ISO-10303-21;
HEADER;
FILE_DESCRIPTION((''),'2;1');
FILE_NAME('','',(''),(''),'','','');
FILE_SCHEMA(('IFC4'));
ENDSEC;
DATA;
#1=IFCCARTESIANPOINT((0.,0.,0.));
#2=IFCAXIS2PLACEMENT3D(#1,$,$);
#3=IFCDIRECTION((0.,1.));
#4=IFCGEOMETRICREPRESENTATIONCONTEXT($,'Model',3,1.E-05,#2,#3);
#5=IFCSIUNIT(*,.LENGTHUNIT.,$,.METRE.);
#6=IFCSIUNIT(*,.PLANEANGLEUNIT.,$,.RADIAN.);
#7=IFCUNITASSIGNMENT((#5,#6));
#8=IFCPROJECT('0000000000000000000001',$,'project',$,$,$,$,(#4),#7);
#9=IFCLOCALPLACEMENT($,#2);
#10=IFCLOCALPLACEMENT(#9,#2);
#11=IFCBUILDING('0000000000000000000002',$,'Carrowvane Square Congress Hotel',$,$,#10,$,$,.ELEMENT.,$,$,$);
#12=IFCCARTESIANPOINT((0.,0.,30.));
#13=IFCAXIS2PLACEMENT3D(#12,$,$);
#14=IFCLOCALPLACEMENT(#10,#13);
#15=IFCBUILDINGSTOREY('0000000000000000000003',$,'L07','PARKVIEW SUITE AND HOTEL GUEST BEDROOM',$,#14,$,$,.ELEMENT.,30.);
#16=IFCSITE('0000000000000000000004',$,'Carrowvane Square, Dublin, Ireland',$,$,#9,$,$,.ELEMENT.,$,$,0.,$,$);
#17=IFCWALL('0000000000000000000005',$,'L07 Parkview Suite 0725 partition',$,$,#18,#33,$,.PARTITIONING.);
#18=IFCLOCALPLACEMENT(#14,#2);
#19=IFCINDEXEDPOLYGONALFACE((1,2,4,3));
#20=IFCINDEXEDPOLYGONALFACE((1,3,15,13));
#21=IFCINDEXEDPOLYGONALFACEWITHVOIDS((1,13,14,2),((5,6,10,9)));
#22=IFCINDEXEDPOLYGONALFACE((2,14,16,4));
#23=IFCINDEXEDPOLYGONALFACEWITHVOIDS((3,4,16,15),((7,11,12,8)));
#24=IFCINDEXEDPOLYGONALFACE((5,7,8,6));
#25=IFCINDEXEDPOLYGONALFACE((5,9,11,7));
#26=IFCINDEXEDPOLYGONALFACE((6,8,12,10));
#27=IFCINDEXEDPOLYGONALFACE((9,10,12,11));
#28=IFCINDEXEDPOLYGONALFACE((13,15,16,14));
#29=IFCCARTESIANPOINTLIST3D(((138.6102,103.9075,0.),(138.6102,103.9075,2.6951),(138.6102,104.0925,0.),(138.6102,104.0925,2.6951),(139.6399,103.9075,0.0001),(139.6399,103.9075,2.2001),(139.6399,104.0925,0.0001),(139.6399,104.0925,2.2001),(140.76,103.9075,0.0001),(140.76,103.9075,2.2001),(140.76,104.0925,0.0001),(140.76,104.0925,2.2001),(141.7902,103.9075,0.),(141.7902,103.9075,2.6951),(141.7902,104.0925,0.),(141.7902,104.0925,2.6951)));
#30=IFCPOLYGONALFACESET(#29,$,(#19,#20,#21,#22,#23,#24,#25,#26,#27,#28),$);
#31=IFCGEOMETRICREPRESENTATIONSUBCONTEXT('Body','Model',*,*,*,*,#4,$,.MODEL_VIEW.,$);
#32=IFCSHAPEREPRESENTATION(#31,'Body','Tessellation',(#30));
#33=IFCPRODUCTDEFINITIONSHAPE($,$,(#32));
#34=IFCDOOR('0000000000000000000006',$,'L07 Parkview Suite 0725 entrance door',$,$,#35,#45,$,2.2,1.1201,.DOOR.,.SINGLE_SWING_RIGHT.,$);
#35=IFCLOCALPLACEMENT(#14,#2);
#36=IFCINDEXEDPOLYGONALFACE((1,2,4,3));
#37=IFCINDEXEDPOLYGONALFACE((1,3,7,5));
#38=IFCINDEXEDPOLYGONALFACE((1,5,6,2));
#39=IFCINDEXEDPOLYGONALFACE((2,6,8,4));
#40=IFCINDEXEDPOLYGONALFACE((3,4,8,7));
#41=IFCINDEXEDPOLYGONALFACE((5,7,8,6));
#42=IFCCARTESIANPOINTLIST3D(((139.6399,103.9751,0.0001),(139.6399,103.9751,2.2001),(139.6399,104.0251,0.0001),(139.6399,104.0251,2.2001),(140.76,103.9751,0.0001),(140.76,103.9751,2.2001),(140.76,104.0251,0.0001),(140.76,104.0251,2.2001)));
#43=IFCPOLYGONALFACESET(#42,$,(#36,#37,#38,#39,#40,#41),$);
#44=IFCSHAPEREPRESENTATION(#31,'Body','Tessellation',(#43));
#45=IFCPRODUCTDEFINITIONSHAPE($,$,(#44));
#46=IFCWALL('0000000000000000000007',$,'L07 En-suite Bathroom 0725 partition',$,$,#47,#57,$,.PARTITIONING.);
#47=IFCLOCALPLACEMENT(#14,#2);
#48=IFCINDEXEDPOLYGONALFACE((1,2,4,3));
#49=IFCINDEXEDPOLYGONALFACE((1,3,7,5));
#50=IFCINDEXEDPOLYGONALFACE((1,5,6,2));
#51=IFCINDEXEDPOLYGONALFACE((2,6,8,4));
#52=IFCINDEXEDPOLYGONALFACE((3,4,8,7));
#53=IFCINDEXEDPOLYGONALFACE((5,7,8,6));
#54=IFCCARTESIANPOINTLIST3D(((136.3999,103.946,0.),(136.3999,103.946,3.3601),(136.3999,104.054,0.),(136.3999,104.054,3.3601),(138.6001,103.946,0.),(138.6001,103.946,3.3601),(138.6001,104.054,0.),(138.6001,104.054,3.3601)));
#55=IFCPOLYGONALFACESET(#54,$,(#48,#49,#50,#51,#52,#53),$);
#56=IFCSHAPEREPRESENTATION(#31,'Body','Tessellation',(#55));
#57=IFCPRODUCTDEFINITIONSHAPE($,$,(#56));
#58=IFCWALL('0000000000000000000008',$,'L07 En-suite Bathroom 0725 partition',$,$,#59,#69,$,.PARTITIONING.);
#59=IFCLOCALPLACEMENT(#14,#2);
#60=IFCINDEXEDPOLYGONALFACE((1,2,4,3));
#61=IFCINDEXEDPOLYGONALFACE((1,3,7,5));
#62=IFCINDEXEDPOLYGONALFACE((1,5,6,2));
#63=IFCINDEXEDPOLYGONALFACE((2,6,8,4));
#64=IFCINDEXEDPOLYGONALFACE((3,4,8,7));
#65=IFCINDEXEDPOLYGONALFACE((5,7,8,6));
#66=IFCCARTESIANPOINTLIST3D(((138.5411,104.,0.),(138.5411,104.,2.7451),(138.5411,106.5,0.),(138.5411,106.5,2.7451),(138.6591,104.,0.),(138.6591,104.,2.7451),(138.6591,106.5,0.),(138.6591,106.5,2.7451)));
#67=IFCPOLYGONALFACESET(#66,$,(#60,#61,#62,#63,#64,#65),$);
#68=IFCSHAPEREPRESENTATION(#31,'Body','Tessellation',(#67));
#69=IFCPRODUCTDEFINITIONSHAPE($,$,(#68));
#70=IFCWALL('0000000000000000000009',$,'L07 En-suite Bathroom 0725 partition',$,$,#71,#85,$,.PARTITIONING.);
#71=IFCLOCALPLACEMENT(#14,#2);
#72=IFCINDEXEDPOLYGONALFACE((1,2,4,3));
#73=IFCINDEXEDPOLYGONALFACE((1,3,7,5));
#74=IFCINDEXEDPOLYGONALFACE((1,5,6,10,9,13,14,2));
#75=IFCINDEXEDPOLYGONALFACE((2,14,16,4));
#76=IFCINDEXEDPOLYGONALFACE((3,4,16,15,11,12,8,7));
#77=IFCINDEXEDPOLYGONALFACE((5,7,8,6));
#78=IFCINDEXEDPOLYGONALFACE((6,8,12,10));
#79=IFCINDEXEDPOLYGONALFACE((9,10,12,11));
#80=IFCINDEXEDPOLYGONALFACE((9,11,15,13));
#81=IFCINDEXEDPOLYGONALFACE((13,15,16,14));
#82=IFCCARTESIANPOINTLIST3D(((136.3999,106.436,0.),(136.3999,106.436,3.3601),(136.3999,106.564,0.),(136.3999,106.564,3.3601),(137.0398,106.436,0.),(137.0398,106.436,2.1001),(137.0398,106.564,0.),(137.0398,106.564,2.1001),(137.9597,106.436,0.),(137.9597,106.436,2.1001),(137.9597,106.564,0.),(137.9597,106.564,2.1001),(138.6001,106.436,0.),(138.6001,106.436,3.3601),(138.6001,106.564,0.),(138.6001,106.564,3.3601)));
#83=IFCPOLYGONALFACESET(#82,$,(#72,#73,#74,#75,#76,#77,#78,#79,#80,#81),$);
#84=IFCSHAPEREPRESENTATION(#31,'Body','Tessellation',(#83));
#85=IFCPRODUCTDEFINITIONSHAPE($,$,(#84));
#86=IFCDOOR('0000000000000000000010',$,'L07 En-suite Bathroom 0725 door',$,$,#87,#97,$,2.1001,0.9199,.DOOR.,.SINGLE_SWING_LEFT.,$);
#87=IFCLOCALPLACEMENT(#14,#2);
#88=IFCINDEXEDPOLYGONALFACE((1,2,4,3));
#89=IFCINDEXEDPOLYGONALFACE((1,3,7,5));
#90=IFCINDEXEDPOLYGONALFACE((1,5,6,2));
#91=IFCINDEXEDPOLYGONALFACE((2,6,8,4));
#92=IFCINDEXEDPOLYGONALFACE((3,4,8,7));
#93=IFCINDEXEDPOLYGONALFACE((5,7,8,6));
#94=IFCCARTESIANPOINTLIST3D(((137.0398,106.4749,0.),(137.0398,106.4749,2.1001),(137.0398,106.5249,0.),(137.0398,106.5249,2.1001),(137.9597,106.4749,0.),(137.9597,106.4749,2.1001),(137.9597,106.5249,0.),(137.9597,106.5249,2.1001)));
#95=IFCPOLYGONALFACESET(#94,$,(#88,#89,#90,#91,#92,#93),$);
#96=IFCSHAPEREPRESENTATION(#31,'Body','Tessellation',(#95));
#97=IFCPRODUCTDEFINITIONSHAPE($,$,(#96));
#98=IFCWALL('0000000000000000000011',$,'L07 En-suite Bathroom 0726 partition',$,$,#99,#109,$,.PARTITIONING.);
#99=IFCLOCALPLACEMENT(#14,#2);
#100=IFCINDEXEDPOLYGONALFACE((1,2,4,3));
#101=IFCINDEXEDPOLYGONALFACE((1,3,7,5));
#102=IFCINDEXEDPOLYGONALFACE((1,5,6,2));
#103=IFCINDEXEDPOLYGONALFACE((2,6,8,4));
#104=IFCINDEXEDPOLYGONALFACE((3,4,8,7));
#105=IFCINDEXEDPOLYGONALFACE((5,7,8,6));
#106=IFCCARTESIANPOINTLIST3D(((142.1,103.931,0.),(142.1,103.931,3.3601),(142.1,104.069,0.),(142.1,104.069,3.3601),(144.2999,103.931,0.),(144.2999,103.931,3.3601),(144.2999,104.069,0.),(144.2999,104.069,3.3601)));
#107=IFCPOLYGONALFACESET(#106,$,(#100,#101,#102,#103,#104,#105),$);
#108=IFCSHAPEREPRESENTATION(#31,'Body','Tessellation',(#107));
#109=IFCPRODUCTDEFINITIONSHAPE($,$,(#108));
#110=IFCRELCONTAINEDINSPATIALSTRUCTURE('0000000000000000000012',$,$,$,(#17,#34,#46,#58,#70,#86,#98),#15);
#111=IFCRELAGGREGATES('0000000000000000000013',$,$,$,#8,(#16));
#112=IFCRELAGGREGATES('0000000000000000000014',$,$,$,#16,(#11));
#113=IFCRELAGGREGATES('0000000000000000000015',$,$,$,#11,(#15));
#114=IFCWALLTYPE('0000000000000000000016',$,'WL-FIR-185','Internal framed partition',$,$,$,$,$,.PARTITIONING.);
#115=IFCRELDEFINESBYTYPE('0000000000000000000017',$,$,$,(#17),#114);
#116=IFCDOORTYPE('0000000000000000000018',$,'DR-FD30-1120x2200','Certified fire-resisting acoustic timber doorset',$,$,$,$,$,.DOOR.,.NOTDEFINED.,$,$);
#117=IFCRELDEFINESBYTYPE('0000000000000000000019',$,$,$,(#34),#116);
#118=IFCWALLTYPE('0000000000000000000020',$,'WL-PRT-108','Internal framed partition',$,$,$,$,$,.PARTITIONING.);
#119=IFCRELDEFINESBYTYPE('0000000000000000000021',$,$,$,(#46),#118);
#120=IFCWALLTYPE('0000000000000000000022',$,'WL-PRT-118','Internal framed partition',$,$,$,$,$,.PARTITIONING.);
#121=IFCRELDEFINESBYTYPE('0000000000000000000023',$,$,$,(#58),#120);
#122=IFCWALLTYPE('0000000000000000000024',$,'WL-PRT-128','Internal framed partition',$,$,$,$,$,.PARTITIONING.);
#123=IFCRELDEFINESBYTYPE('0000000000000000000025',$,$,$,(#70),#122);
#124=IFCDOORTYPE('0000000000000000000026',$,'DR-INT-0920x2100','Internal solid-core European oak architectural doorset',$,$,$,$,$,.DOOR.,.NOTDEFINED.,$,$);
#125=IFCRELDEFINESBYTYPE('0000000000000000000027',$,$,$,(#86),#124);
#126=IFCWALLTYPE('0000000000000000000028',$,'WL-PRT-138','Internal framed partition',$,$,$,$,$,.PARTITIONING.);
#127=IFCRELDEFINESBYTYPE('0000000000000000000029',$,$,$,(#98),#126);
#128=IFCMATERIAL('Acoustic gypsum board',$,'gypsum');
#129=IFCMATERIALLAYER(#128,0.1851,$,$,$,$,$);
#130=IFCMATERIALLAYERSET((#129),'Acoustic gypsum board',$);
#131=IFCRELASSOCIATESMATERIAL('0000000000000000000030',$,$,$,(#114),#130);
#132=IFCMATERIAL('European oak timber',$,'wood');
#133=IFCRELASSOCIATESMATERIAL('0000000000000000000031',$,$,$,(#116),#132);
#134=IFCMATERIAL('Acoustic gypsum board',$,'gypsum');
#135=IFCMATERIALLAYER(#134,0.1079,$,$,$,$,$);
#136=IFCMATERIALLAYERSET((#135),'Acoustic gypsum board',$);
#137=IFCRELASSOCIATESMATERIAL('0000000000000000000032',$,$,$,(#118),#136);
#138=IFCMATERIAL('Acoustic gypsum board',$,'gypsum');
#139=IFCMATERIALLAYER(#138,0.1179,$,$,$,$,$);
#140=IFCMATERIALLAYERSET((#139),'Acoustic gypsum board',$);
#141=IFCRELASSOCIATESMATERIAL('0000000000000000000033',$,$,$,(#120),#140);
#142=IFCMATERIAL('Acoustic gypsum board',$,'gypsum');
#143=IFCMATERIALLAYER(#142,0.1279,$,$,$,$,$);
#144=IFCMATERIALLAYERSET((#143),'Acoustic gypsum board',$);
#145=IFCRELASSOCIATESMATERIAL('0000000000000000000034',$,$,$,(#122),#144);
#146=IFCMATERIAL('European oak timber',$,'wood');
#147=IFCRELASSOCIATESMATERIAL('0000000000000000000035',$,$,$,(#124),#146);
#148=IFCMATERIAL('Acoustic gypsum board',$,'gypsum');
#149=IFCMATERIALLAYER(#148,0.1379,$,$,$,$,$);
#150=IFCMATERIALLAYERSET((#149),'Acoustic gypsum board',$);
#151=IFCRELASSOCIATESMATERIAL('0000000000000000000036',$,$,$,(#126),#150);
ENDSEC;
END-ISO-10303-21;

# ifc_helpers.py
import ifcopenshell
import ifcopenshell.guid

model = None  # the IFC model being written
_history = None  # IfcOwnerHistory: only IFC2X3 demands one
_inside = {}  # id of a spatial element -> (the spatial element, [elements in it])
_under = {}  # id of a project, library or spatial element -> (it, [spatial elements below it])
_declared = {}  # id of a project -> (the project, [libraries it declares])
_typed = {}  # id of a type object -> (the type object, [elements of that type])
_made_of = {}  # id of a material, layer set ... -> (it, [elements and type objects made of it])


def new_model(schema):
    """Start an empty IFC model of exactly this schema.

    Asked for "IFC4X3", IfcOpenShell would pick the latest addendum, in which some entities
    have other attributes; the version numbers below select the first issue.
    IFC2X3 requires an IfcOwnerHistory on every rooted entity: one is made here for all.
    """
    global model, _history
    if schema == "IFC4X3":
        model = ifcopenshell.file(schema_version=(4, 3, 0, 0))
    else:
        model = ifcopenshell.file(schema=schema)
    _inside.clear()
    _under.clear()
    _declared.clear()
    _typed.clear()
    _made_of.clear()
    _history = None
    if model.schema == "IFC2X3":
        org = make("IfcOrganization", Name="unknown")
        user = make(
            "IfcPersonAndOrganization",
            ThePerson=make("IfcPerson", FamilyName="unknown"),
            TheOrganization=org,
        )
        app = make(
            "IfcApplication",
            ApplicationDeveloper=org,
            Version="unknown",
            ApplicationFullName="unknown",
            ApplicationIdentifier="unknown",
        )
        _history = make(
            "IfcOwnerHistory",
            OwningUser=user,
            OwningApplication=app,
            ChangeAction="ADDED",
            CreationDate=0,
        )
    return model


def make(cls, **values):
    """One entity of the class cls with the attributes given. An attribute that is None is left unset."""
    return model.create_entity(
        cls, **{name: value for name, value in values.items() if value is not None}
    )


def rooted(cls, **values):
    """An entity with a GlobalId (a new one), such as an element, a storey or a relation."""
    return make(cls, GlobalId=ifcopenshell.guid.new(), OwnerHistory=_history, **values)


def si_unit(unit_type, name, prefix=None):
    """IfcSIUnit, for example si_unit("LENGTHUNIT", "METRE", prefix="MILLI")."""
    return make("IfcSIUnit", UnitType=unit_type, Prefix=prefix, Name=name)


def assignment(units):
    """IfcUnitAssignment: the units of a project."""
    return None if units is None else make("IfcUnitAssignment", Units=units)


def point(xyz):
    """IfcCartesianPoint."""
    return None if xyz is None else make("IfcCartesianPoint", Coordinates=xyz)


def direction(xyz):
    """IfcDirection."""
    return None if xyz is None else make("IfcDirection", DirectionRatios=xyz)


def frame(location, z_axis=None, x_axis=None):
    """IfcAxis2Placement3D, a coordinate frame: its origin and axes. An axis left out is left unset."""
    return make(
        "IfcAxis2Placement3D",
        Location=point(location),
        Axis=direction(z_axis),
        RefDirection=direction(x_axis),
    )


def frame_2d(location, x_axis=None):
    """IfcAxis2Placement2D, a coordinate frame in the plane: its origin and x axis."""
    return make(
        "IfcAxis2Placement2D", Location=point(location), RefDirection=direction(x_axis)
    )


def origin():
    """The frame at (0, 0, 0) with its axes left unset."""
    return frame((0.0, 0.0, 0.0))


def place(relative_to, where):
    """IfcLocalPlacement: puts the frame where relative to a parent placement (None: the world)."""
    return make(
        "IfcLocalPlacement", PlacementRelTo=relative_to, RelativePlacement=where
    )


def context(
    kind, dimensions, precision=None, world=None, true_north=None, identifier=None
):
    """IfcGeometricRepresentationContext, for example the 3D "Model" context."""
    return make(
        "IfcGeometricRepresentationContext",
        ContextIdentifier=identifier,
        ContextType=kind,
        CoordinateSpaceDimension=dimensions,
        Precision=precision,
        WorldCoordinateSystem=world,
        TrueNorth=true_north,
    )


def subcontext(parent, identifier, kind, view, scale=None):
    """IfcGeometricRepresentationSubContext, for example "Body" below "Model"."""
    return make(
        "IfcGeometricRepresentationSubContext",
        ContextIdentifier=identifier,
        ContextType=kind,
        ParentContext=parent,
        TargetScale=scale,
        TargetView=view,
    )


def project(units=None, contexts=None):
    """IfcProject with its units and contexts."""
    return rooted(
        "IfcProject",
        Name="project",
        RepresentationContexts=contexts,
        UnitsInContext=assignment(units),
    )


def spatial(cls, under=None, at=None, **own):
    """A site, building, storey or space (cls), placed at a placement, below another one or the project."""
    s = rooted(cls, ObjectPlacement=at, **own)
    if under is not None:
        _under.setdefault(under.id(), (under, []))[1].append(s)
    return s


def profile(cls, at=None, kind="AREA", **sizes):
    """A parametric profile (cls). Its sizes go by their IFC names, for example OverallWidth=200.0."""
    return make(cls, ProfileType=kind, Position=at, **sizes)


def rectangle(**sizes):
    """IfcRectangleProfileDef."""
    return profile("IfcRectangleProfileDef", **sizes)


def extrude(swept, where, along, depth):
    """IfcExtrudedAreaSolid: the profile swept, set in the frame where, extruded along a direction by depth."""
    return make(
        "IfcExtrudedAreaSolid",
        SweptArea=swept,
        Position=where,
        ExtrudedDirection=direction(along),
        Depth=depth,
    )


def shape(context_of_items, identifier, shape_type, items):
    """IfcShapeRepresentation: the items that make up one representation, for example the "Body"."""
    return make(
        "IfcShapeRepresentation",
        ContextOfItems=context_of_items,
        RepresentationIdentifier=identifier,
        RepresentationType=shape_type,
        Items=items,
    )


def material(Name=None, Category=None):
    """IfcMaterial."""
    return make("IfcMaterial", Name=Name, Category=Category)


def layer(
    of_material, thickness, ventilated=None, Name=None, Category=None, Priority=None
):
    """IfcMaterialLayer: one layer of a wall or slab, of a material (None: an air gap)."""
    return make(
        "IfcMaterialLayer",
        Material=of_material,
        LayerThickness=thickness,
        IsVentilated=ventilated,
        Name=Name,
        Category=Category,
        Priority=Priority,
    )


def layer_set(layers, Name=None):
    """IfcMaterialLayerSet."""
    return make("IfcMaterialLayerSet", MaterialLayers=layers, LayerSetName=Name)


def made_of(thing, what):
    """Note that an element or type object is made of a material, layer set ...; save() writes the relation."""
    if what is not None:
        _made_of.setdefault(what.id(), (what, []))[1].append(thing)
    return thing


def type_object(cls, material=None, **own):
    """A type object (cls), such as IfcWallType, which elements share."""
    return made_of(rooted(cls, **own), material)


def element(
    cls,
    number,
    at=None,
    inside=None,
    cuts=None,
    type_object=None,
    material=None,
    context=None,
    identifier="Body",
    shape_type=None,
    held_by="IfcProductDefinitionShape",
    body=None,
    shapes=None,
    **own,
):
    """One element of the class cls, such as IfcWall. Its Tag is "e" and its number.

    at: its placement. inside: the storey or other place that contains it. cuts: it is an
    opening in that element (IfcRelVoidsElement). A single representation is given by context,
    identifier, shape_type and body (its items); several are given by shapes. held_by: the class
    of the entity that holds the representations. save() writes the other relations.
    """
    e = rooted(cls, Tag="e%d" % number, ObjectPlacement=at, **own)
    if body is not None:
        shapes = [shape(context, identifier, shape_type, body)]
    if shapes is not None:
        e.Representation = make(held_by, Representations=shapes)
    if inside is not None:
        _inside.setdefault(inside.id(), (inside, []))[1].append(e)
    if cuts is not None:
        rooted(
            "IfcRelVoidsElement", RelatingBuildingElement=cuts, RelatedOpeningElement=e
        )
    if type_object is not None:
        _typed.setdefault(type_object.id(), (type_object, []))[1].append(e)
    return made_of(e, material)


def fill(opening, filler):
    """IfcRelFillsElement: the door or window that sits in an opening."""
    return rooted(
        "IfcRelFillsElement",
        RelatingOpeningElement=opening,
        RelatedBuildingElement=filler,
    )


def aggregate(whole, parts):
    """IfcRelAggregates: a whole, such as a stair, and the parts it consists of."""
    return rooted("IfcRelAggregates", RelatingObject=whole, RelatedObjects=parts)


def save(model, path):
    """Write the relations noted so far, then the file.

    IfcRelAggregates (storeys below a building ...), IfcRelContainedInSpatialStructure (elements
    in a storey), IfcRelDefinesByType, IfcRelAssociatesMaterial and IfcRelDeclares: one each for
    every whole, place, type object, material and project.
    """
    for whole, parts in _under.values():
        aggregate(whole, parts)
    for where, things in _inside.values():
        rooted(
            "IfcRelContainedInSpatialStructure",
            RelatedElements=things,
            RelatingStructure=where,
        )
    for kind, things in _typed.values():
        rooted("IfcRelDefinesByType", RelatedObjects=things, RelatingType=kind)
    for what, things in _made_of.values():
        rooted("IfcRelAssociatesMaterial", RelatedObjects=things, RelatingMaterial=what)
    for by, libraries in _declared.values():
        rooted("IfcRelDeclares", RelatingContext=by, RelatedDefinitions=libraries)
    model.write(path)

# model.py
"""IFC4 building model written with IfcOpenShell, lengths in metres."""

from ifc_helpers import new_model, si_unit, direction, frame, frame_2d, origin, place, context, subcontext, project, spatial, rectangle, extrude, material, layer, layer_set, type_object, element, fill, save


model = new_model("IFC4")

# Units and contexts
model_context = context("Model", 3, precision=1e-05, world=origin(), true_north=direction((0.0, 1.0)))
body_context = subcontext(model_context, "Body", "Model", "MODEL_VIEW")
ifc_project = project(units=[si_unit("LENGTHUNIT", "METRE"), si_unit("PLANEANGLEUNIT", "RADIAN")], contexts=[model_context])

# Site, building, storey
site_placement = place(None, origin())
site = spatial("IfcSite", under=ifc_project, at=site_placement, Name="Carrowvane Square, Dublin, Ireland", CompositionType="ELEMENT", RefElevation=0.0)
building_placement = place(site_placement, origin())
building = spatial("IfcBuilding", under=site, at=building_placement, Name="Carrowvane Square Congress Hotel", CompositionType="ELEMENT")
storey_placement = place(building_placement, frame((0.0, 0.0, 30.0)))
storey = spatial("IfcBuildingStorey", under=building, at=storey_placement, Name="L07", Description="PARKVIEW SUITE AND HOTEL GUEST BEDROOM", CompositionType="ELEMENT", Elevation=30.0)

# Shared definitions
ifc_material_1 = material(Name="Acoustic gypsum board", Category="gypsum")
ifc_layer_1 = layer(ifc_material_1, 0.1851)
ifc_layer_set_1 = layer_set([ifc_layer_1], Name="Acoustic gypsum board")
wall_type_1 = type_object("IfcWallType", Name="WL-FIR-185", Description="Internal framed partition", PredefinedType="PARTITIONING", material=ifc_layer_set_1)

# Wall, opening, door
wall_1_placement = place(storey_placement, frame((141.79, 104.0, 0.0), z_axis=(0.0, 0.0, 1.0), x_axis=(-1.0, 0.0, 0.0)))
wall_1 = element("IfcWall", 1, at=wall_1_placement, inside=storey, type_object=wall_type_1, Name="L07 Parkview Suite 0725 partition", PredefinedType="PARTITIONING", context=body_context, shape_type="SweptSolid", body=[
    extrude(rectangle(XDim=3.1799, YDim=0.1851, at=frame_2d((1.5898, 0.0))), origin(), (0.0, 0.0, 1.0), 2.6951),
])
opening_1_placement = place(wall_1_placement, frame((1.03, 0.0, 0.0)))
opening_1 = element("IfcOpeningElement", 2, at=opening_1_placement, cuts=wall_1, PredefinedType="OPENING", context=body_context, shape_type="SweptSolid", body=[
    extrude(rectangle(XDim=1.1201, YDim=2.2, at=frame_2d((0.5601, 1.1001))), frame((0.0, 0.1025, 0.0), z_axis=(0.0, -1.0, 0.0), x_axis=(1.0, 0.0, 0.0)), (0.0, 0.0, 1.0), 0.2051),
])
ifc_material_2 = material(Name="European oak timber", Category="wood")
door_type_1 = type_object("IfcDoorType", Name="DR-FD30-1120x2200", Description="Certified fire-resisting acoustic timber doorset", OperationType="NOTDEFINED", PredefinedType="DOOR", material=ifc_material_2)
door_1_placement = place(opening_1_placement, origin())
door_1 = element("IfcDoor", 3, at=door_1_placement, inside=storey, type_object=door_type_1, Name="L07 Parkview Suite 0725 entrance door", OperationType="SINGLE_SWING_RIGHT", OverallHeight=2.2, OverallWidth=1.1201, PredefinedType="DOOR", context=body_context, shape_type="SweptSolid", body=[
    extrude(rectangle(XDim=1.1201, YDim=2.2, at=frame_2d((0.5601, 1.1001))), frame((0.0, 0.0249, 0.0), z_axis=(0.0, -1.0, 0.0), x_axis=(1.0, 0.0, 0.0)), (0.0, 0.0, 1.0), 0.05),
])
fill(opening_1, door_1)

# Walls
ifc_material_3 = material(Name="Acoustic gypsum board", Category="gypsum")
ifc_layer_2 = layer(ifc_material_3, 0.1079)
ifc_layer_set_2 = layer_set([ifc_layer_2], Name="Acoustic gypsum board")
wall_type_2 = type_object("IfcWallType", Name="WL-PRT-108", Description="Internal framed partition", PredefinedType="PARTITIONING", material=ifc_layer_set_2)
wall_2_placement = place(storey_placement, frame((138.6001, 104.0, 0.0), z_axis=(0.0, 0.0, 1.0), x_axis=(-1.0, 0.0, 0.0)))
element("IfcWall", 4, at=wall_2_placement, inside=storey, type_object=wall_type_2, Name="L07 En-suite Bathroom 0725 partition", PredefinedType="PARTITIONING", context=body_context, shape_type="SweptSolid", body=[
    extrude(rectangle(XDim=2.2002, YDim=0.1079, at=frame_2d((1.1001, 0.0))), origin(), (0.0, 0.0, 1.0), 3.3601),
])
ifc_material_4 = material(Name="Acoustic gypsum board", Category="gypsum")
ifc_layer_3 = layer(ifc_material_4, 0.1179)
ifc_layer_set_3 = layer_set([ifc_layer_3], Name="Acoustic gypsum board")
wall_type_3 = type_object("IfcWallType", Name="WL-PRT-118", Description="Internal framed partition", PredefinedType="PARTITIONING", material=ifc_layer_set_3)
wall_3_placement = place(storey_placement, frame((138.6001, 106.5, 0.0), z_axis=(0.0, 0.0, 1.0), x_axis=(0.0, -1.0, 0.0)))
element("IfcWall", 5, at=wall_3_placement, inside=storey, type_object=wall_type_3, Name="L07 En-suite Bathroom 0725 partition", PredefinedType="PARTITIONING", context=body_context, shape_type="SweptSolid", body=[
    extrude(rectangle(XDim=2.5, YDim=0.1179, at=frame_2d((1.25, 0.0))), origin(), (0.0, 0.0, 1.0), 2.7451),
])

# Wall, opening, door
ifc_material_5 = material(Name="Acoustic gypsum board", Category="gypsum")
ifc_layer_4 = layer(ifc_material_5, 0.1279)
ifc_layer_set_4 = layer_set([ifc_layer_4], Name="Acoustic gypsum board")
wall_type_4 = type_object("IfcWallType", Name="WL-PRT-128", Description="Internal framed partition", PredefinedType="PARTITIONING", material=ifc_layer_set_4)
wall_4_placement = place(storey_placement, frame((136.3999, 106.5, 0.0), z_axis=(0.0, 0.0, 1.0), x_axis=(1.0, 0.0, 0.0)))
wall_4 = element("IfcWall", 6, at=wall_4_placement, inside=storey, type_object=wall_type_4, Name="L07 En-suite Bathroom 0725 partition", PredefinedType="PARTITIONING", context=body_context, shape_type="SweptSolid", body=[
    extrude(rectangle(XDim=2.2002, YDim=0.1279, at=frame_2d((1.1001, 0.0))), origin(), (0.0, 0.0, 1.0), 3.3601),
])
opening_2_placement = place(wall_4_placement, frame((0.6399, 0.0, 0.0)))
opening_2 = element("IfcOpeningElement", 7, at=opening_2_placement, cuts=wall_4, PredefinedType="OPENING", context=body_context, shape_type="SweptSolid", body=[
    extrude(rectangle(XDim=0.9199, YDim=2.1001, at=frame_2d((0.46, 1.05))), frame((0.0, 0.074, 0.0), z_axis=(0.0, -1.0, 0.0), x_axis=(1.0, 0.0, 0.0)), (0.0, 0.0, 1.0), 0.1479),
])
ifc_material_6 = material(Name="European oak timber", Category="wood")
door_type_2 = type_object("IfcDoorType", Name="DR-INT-0920x2100", Description="Internal solid-core European oak architectural doorset", OperationType="NOTDEFINED", PredefinedType="DOOR", material=ifc_material_6)
door_2_placement = place(opening_2_placement, origin())
door_2 = element("IfcDoor", 8, at=door_2_placement, inside=storey, type_object=door_type_2, Name="L07 En-suite Bathroom 0725 door", OperationType="SINGLE_SWING_LEFT", OverallHeight=2.1001, OverallWidth=0.9199, PredefinedType="DOOR", context=body_context, shape_type="SweptSolid", body=[
    extrude(rectangle(XDim=0.9199, YDim=2.1001, at=frame_2d((0.46, 1.05))), frame((0.0, 0.0249, 0.0), z_axis=(0.0, -1.0, 0.0), x_axis=(1.0, 0.0, 0.0)), (0.0, 0.0, 1.0), 0.05),
])
fill(opening_2, door_2)
ifc_material_7 = material(Name="Acoustic gypsum board", Category="gypsum")
ifc_layer_5 = layer(ifc_material_7, 0.1379)
ifc_layer_set_5 = layer_set([ifc_layer_5], Name="Acoustic gypsum board")
wall_type_5 = type_object("IfcWallType", Name="WL-PRT-138", Description="Internal framed partition", PredefinedType="PARTITIONING", material=ifc_layer_set_5)

# Wall
wall_5_placement = place(storey_placement, frame((144.3, 104.0, 0.0), z_axis=(0.0, 0.0, 1.0), x_axis=(-1.0, 0.0, 0.0)))
element("IfcWall", 9, at=wall_5_placement, inside=storey, type_object=wall_type_5, Name="L07 En-suite Bathroom 0726 partition", PredefinedType="PARTITIONING", context=body_context, shape_type="SweptSolid", body=[
    extrude(rectangle(XDim=2.2, YDim=0.1379, at=frame_2d((1.1001, 0.0))), origin(), (0.0, 0.0, 1.0), 3.3601),
])

save(model, "model.ifc")
